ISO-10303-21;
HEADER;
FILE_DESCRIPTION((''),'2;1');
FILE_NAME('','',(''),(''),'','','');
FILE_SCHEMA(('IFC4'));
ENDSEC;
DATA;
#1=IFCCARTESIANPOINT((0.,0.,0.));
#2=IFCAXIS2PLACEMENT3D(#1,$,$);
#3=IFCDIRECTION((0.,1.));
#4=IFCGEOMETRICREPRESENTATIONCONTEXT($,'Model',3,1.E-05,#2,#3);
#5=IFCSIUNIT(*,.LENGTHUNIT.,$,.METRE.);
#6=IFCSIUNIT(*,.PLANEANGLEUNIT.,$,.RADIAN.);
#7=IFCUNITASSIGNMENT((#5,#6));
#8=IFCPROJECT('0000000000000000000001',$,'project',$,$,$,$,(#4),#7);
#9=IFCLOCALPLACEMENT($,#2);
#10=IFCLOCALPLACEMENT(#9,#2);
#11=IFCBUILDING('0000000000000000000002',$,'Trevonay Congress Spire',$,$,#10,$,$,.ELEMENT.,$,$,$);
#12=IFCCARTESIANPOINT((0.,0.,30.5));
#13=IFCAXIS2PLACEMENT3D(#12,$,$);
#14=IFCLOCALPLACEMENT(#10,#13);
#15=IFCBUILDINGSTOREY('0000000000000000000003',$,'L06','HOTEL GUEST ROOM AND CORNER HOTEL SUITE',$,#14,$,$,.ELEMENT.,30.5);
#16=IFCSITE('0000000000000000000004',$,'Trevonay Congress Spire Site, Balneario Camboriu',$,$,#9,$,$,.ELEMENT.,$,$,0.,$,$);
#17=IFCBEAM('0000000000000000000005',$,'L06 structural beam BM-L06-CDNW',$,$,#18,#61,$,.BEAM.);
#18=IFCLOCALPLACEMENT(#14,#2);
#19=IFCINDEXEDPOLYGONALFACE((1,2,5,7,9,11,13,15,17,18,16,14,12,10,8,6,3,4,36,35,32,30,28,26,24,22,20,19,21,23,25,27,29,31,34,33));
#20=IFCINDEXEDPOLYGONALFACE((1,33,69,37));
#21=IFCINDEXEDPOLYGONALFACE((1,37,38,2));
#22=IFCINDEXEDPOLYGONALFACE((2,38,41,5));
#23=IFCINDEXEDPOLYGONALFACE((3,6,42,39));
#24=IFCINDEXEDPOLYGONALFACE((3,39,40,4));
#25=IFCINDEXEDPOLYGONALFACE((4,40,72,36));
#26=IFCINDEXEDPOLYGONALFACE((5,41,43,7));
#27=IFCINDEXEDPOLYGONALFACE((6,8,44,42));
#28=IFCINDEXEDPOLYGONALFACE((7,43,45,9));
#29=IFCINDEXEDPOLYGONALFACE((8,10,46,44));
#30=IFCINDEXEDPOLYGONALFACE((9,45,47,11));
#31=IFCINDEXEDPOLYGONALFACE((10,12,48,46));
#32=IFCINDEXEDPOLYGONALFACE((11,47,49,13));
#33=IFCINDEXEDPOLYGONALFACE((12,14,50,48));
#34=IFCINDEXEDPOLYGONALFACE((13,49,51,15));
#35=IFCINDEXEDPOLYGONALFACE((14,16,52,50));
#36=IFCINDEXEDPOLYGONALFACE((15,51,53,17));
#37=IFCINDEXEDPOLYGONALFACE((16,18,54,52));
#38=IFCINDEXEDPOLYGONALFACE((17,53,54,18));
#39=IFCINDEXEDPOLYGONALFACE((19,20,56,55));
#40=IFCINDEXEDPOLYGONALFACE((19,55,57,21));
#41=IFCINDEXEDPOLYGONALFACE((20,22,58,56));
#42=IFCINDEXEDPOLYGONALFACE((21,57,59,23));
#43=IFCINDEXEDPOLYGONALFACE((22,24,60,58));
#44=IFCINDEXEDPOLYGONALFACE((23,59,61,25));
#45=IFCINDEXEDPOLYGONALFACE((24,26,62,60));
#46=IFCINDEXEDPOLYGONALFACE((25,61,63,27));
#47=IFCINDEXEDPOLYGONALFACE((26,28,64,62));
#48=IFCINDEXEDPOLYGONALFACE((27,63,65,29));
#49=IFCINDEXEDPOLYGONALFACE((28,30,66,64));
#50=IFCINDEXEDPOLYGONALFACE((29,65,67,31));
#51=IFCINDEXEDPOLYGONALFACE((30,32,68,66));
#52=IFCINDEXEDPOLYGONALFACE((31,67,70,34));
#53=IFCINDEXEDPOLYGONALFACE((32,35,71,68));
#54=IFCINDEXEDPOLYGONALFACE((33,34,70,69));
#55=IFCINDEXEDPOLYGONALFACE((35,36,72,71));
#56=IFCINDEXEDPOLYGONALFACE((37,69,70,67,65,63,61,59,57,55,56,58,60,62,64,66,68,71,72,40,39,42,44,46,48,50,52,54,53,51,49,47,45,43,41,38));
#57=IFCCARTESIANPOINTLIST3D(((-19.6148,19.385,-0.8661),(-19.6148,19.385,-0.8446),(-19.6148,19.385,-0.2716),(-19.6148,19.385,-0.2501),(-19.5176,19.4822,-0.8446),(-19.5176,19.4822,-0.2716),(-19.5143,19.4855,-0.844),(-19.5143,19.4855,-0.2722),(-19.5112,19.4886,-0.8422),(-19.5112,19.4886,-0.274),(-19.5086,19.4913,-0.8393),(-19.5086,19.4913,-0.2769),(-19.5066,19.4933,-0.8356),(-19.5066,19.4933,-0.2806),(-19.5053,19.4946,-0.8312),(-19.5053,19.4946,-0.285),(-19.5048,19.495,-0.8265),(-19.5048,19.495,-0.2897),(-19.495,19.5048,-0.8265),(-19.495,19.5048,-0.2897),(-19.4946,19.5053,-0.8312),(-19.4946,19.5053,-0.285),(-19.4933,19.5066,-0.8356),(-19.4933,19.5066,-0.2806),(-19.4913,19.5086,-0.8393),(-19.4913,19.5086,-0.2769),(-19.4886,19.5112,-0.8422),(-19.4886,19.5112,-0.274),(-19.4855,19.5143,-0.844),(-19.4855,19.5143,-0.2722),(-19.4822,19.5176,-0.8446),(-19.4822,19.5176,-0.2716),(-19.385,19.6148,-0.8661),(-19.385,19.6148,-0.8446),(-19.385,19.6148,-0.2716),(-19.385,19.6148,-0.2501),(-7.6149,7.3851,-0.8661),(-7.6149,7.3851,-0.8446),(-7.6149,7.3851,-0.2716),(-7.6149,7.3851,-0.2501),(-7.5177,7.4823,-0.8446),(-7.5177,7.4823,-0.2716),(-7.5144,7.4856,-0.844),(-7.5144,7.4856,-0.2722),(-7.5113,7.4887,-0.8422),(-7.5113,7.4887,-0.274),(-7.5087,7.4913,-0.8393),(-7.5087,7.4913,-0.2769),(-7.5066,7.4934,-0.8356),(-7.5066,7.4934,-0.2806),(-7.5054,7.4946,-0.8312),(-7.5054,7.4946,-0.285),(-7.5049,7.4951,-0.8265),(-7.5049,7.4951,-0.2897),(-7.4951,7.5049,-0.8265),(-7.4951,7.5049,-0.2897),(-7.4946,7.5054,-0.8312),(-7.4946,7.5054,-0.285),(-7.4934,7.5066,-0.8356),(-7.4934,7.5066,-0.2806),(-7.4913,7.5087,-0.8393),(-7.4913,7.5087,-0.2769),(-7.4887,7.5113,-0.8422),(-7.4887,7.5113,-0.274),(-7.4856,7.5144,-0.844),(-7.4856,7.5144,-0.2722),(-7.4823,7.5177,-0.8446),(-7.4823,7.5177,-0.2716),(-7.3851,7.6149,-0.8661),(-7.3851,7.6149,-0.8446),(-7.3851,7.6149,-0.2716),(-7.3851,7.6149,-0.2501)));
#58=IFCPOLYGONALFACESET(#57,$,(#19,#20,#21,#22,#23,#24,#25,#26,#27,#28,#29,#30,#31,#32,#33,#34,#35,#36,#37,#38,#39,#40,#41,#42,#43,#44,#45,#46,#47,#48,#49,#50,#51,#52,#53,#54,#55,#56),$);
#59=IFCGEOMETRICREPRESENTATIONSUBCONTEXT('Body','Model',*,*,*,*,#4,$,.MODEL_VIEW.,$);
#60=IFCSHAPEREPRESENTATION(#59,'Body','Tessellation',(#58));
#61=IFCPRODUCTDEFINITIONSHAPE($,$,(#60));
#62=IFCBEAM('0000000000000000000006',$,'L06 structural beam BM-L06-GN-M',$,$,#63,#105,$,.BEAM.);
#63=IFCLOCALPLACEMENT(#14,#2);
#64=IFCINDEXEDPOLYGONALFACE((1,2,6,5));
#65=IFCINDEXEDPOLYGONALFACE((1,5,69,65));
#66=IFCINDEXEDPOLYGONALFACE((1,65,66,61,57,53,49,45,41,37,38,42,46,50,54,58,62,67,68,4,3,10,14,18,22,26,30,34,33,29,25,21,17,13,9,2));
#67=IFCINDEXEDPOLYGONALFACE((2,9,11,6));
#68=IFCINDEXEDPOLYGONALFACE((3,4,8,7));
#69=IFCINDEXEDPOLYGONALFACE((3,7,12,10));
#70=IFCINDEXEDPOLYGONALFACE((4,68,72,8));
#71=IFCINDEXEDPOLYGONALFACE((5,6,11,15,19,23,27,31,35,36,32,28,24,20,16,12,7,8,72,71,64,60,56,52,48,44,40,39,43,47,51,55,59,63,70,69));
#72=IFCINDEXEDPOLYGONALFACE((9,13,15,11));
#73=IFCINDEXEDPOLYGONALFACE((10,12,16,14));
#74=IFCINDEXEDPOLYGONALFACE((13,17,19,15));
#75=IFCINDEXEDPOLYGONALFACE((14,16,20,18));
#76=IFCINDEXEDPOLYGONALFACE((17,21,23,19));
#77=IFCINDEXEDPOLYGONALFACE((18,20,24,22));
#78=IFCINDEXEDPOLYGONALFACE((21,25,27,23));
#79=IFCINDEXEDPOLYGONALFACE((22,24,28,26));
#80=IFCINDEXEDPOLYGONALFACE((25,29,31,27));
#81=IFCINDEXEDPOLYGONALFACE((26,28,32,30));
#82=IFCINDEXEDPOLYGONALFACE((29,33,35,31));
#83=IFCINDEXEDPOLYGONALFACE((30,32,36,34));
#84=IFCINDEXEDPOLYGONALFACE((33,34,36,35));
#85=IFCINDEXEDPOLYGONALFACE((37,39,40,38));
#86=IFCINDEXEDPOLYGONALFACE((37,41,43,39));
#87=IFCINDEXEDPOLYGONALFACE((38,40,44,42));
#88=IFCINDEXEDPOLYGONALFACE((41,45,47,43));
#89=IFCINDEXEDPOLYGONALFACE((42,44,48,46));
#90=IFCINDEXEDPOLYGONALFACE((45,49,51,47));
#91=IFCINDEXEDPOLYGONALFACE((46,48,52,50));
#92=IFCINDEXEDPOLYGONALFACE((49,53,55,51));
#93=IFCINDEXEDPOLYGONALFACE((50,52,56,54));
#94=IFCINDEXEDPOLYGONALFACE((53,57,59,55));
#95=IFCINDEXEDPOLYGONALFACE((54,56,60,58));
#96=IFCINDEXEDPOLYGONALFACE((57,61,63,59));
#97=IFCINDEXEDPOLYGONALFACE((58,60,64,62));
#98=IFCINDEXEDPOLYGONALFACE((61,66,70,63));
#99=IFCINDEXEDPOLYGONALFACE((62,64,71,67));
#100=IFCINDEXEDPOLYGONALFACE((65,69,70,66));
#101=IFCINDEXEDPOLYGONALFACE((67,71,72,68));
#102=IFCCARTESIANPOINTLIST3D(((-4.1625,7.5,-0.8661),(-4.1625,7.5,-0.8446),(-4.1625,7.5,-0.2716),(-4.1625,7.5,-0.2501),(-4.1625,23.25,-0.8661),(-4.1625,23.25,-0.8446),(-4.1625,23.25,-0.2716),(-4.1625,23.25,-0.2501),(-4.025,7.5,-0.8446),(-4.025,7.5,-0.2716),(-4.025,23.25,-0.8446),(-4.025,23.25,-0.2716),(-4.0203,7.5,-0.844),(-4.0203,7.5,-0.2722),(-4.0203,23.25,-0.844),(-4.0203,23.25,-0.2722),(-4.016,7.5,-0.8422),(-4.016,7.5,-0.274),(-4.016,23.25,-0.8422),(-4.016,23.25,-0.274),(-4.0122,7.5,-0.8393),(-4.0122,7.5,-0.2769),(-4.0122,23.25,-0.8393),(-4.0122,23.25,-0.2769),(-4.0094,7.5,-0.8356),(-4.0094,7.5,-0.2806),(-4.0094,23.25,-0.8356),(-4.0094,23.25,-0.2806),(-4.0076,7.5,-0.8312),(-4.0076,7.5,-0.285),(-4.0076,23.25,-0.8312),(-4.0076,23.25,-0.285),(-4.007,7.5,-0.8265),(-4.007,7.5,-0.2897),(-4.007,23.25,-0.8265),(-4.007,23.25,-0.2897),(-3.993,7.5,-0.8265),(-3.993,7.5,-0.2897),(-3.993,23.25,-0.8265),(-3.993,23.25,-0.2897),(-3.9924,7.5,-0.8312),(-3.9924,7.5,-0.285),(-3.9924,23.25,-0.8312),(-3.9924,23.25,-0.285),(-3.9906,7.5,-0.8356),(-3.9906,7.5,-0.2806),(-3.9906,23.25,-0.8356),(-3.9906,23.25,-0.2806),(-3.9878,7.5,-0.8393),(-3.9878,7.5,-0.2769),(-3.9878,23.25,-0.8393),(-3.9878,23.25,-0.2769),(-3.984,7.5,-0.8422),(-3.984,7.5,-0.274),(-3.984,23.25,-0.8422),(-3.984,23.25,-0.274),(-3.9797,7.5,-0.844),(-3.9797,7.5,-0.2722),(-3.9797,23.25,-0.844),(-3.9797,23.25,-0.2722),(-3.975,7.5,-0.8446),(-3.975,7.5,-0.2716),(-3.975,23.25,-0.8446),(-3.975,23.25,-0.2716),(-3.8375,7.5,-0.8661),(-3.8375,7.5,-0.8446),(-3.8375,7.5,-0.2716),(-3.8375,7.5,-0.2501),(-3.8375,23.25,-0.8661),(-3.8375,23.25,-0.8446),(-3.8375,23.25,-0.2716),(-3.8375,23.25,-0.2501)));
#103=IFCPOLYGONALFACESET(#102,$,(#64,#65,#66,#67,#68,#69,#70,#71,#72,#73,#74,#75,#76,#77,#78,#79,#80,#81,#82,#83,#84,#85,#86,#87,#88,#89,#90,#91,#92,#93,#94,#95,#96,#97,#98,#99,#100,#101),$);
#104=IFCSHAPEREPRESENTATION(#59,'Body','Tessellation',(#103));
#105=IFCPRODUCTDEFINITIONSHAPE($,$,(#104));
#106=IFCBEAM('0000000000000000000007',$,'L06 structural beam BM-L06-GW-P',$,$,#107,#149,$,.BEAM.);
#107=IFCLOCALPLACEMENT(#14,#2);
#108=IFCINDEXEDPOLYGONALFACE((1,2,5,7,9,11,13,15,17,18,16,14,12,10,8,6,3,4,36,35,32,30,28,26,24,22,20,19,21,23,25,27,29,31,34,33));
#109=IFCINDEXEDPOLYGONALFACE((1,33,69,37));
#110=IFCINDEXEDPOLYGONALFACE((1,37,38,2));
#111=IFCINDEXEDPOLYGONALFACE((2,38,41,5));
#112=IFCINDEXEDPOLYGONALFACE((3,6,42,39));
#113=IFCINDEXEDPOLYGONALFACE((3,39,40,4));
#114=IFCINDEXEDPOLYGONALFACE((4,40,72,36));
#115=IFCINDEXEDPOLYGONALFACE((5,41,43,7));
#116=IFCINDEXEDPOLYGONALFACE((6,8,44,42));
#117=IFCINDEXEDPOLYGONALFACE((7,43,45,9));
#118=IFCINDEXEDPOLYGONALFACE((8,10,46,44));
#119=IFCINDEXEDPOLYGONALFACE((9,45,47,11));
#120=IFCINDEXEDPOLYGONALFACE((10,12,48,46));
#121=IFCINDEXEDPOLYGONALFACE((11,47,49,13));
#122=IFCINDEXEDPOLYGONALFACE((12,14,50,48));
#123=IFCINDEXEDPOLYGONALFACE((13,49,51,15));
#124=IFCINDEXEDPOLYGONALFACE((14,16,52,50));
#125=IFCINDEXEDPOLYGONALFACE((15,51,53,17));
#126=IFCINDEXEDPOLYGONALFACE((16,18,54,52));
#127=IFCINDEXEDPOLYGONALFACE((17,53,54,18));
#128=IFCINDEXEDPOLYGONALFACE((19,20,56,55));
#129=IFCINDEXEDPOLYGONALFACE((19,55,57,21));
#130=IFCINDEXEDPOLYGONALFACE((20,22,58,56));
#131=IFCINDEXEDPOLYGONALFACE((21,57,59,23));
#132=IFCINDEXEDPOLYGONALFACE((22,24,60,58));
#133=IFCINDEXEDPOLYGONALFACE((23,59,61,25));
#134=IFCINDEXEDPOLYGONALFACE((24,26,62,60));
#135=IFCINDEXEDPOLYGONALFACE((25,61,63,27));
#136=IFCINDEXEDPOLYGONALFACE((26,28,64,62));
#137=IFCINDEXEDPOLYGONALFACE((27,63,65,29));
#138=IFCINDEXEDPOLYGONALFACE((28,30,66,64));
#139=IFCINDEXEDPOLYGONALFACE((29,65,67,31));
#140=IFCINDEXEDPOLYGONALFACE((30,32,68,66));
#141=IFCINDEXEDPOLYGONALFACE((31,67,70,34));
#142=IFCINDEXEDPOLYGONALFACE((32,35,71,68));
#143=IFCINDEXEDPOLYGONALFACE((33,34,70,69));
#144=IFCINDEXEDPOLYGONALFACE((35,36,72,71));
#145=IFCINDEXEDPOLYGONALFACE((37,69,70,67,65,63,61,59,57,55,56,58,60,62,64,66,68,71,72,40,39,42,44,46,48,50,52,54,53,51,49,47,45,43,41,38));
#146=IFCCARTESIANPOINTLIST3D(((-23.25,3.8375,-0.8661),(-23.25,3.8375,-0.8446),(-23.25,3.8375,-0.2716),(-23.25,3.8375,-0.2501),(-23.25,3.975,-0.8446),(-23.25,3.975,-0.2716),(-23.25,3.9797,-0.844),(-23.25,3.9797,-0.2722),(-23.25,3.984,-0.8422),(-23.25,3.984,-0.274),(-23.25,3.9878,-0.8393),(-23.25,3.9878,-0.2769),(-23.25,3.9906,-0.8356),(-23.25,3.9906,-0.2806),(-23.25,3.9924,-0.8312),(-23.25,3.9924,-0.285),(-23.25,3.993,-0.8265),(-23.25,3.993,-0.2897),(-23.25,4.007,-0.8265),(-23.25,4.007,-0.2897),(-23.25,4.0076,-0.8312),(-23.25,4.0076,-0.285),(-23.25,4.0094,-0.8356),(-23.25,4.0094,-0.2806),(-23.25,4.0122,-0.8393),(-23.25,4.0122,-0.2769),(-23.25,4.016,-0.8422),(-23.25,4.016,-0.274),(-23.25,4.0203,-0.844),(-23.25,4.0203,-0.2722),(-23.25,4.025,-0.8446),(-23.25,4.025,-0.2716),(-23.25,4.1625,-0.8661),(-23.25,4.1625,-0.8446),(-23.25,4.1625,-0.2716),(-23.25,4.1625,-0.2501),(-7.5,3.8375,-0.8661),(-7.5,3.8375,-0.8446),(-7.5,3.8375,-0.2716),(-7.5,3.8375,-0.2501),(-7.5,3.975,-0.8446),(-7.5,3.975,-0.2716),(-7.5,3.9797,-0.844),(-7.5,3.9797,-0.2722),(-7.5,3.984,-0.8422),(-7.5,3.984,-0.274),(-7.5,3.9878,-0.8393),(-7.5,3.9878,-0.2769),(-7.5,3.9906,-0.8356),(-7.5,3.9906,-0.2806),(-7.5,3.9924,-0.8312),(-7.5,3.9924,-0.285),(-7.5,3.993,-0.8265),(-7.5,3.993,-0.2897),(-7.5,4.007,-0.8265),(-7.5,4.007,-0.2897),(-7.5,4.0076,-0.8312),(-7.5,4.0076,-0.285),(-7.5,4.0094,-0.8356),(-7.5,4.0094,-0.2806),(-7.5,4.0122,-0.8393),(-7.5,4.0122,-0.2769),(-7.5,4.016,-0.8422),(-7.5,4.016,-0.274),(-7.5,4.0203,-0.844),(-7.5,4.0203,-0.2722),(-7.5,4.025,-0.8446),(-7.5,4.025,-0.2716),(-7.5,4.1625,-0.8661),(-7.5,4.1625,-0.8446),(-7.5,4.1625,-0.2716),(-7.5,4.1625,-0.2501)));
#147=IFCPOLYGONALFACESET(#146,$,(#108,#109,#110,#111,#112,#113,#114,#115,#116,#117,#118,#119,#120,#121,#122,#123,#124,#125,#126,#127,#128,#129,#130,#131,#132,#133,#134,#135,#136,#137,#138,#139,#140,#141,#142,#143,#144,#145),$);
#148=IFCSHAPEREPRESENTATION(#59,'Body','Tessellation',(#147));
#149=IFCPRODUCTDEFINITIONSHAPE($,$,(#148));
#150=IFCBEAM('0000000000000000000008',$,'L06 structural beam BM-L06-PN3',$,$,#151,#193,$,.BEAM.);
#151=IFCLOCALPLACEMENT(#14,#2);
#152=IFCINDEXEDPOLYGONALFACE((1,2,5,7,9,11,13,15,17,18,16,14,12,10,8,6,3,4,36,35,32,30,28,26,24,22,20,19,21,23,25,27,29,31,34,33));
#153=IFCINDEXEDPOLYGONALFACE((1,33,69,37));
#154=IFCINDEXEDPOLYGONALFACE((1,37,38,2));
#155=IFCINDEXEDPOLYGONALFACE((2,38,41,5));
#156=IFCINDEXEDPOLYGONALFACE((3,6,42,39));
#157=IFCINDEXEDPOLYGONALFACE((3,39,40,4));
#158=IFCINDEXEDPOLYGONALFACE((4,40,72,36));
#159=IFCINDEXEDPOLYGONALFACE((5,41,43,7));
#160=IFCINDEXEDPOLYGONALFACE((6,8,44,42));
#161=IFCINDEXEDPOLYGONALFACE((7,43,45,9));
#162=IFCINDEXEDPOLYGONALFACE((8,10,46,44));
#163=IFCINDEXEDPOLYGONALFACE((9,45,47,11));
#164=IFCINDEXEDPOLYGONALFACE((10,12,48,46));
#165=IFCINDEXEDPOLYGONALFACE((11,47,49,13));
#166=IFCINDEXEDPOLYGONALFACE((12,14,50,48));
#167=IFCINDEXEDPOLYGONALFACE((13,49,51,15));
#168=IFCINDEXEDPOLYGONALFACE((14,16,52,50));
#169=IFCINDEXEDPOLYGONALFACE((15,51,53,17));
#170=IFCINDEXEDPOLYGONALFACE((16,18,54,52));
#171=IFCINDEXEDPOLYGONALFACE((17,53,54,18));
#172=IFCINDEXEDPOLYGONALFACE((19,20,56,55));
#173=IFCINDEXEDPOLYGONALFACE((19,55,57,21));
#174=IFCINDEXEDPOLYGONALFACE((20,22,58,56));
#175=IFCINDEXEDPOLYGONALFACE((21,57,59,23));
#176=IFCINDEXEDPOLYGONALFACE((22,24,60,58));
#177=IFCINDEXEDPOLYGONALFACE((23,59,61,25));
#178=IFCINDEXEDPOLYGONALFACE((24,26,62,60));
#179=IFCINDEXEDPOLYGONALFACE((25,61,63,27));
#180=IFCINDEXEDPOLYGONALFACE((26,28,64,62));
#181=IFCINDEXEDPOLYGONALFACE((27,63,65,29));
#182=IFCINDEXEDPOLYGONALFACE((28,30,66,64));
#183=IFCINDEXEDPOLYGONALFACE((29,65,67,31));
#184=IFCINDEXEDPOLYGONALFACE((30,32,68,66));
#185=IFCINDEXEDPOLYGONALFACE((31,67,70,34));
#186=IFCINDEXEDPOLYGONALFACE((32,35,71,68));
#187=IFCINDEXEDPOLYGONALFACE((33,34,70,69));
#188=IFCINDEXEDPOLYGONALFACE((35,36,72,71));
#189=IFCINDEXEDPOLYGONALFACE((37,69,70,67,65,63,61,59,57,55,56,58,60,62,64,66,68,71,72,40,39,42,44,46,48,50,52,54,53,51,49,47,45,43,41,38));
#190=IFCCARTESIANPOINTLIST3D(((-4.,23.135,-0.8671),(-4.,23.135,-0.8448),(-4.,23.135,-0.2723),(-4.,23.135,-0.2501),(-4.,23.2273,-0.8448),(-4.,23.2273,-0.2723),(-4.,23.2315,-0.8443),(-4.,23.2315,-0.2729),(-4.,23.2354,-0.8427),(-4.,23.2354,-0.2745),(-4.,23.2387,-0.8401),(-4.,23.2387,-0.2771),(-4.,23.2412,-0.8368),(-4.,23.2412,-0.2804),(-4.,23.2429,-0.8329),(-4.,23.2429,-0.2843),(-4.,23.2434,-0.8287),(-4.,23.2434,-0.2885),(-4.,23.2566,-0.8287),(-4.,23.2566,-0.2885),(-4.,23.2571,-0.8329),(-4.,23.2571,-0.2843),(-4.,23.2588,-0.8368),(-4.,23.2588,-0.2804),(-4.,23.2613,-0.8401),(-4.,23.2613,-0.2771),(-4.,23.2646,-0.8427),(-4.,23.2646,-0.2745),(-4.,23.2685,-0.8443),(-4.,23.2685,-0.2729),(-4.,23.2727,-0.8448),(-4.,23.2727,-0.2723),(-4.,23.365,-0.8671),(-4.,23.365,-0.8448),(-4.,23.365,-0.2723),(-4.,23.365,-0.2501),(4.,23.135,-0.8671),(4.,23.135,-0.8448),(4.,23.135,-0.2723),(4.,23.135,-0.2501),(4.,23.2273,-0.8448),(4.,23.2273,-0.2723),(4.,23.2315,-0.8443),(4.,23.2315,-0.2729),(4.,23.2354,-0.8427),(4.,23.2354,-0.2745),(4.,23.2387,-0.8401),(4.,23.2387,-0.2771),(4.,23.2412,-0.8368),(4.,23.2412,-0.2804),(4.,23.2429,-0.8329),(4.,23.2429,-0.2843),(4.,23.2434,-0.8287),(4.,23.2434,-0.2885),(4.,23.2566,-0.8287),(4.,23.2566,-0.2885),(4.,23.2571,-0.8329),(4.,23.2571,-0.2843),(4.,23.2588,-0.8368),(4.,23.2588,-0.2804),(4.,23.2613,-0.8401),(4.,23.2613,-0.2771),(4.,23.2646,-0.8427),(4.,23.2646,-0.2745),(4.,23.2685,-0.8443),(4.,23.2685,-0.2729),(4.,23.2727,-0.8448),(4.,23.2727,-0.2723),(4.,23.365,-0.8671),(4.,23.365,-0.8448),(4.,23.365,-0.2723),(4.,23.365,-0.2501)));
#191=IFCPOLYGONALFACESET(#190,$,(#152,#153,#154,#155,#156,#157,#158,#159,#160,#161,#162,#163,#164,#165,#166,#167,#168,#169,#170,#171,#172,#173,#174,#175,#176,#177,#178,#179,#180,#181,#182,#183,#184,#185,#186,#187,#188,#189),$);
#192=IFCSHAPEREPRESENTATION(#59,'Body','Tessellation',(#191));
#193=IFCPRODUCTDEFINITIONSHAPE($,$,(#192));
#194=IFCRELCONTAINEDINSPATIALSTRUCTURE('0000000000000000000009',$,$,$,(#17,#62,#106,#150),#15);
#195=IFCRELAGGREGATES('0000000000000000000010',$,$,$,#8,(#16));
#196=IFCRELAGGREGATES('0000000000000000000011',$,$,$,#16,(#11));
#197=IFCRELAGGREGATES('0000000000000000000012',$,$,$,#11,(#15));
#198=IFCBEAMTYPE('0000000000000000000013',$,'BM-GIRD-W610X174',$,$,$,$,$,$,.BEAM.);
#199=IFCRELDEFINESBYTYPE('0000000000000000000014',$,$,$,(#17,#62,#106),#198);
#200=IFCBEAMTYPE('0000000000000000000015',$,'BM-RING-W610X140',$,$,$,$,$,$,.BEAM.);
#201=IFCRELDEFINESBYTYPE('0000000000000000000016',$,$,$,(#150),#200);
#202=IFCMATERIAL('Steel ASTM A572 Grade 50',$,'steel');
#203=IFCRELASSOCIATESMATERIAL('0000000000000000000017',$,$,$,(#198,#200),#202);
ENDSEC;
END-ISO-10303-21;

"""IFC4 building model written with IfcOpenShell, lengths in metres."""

from ifc_helpers import new_model, si_unit, direction, frame, origin, origin_2d, place, context, subcontext, project, spatial, i_section, extrude, material, material_profile, profile_set, type_object, element, save


model = new_model("IFC4")

# Units and contexts
model_context = context("Model", 3, precision=1e-05, world=origin(), true_north=direction((0.0, 1.0)))
body_context = subcontext(model_context, "Body", "Model", "MODEL_VIEW")
ifc_project = project(units=[si_unit("LENGTHUNIT", "METRE"), si_unit("PLANEANGLEUNIT", "RADIAN")], contexts=[model_context])

# Site, building, storey
site_placement = place(None, origin())
site = spatial("IfcSite", under=ifc_project, at=site_placement, Name="Trevonay Congress Spire Site, Balneario Camboriu", CompositionType="ELEMENT", RefElevation=0.0)
building_placement = place(site_placement, origin())
building = spatial("IfcBuilding", under=site, at=building_placement, Name="Trevonay Congress Spire", CompositionType="ELEMENT")
storey_placement = place(building_placement, frame((0.0, 0.0, 30.5)))
storey = spatial("IfcBuildingStorey", under=building, at=storey_placement, Name="L06", Description="HOTEL GUEST ROOM AND CORNER HOTEL SUITE", CompositionType="ELEMENT", Elevation=30.5)

# Shared definitions
ifc_material_1 = material(Name="Steel ASTM A572 Grade 50", Category="steel")

# Beams
ifc_material_profile_1 = material_profile(ifc_material_1, i_section(OverallWidth=0.325, OverallDepth=0.616, WebThickness=0.0139, FlangeThickness=0.0215, FilletRadius=0.0181, at=origin_2d()), Name="W610x174")
ifc_profile_set_1 = profile_set([ifc_material_profile_1], Name="Steel ASTM A572 Grade 50")
beam_type_1 = type_object("IfcBeamType", Name="BM-GIRD-W610X174", PredefinedType="BEAM", material=ifc_profile_set_1)
beam_1_placement = place(storey_placement, frame((-7.5, 7.5, -0.5581), z_axis=(-0.707107, 0.707107, 0.0), x_axis=(-0.707107, -0.707107, 0.0)))
element("IfcBeam", 1, at=beam_1_placement, inside=storey, type_object=beam_type_1, Name="L06 structural beam BM-L06-CDNW", PredefinedType="BEAM", context=body_context, shape_type="SweptSolid", body=[
    extrude(i_section(OverallWidth=0.325, OverallDepth=0.616, WebThickness=0.0139, FlangeThickness=0.0215, FilletRadius=0.0181, at=origin_2d()), origin(), (0.0, 0.0, 1.0), 16.9705),
])
for number, where, z_axis, x_axis, name in (
    (2, (-4.0, 7.5, -0.5581), (0.0, 1.0, 0.0), (-1.0, 0.0, 0.0), "L06 structural beam BM-L06-GN-M"),
    (3, (-7.5, 4.0, -0.5581), (-1.0, 0.0, 0.0), (0.0, -1.0, 0.0), "L06 structural beam BM-L06-GW-P"),
):
    element("IfcBeam", number, at=place(storey_placement, frame(where, z_axis=z_axis, x_axis=x_axis)), inside=storey, type_object=beam_type_1, Name=name, PredefinedType="BEAM", context=body_context, shape_type="SweptSolid", body=[
        extrude(i_section(OverallWidth=0.325, OverallDepth=0.616, WebThickness=0.0139, FlangeThickness=0.0215, FilletRadius=0.0181, at=origin_2d()), origin(), (0.0, 0.0, 1.0), 15.75),
    ])
ifc_material_profile_2 = material_profile(ifc_material_1, i_section(OverallWidth=0.23, OverallDepth=0.6169, WebThickness=0.0132, FlangeThickness=0.0222, FilletRadius=0.0161, at=origin_2d()), Name="W610x140")
ifc_profile_set_2 = profile_set([ifc_material_profile_2], Name="Steel ASTM A572 Grade 50")
beam_type_2 = type_object("IfcBeamType", Name="BM-RING-W610X140", PredefinedType="BEAM", material=ifc_profile_set_2)
beam_2_placement = place(storey_placement, frame((-4.0, 23.25, -0.5586), z_axis=(1.0, 0.0, 0.0), x_axis=(0.0, 1.0, 0.0)))
element("IfcBeam", 4, at=beam_2_placement, inside=storey, type_object=beam_type_2, Name="L06 structural beam BM-L06-PN3", PredefinedType="BEAM", context=body_context, shape_type="SweptSolid", body=[
    extrude(i_section(OverallWidth=0.23, OverallDepth=0.6169, WebThickness=0.0132, FlangeThickness=0.0222, FilletRadius=0.0161, at=origin_2d()), origin(), (0.0, 0.0, 1.0), 8.0),
])

save(model, "model.ifc")
